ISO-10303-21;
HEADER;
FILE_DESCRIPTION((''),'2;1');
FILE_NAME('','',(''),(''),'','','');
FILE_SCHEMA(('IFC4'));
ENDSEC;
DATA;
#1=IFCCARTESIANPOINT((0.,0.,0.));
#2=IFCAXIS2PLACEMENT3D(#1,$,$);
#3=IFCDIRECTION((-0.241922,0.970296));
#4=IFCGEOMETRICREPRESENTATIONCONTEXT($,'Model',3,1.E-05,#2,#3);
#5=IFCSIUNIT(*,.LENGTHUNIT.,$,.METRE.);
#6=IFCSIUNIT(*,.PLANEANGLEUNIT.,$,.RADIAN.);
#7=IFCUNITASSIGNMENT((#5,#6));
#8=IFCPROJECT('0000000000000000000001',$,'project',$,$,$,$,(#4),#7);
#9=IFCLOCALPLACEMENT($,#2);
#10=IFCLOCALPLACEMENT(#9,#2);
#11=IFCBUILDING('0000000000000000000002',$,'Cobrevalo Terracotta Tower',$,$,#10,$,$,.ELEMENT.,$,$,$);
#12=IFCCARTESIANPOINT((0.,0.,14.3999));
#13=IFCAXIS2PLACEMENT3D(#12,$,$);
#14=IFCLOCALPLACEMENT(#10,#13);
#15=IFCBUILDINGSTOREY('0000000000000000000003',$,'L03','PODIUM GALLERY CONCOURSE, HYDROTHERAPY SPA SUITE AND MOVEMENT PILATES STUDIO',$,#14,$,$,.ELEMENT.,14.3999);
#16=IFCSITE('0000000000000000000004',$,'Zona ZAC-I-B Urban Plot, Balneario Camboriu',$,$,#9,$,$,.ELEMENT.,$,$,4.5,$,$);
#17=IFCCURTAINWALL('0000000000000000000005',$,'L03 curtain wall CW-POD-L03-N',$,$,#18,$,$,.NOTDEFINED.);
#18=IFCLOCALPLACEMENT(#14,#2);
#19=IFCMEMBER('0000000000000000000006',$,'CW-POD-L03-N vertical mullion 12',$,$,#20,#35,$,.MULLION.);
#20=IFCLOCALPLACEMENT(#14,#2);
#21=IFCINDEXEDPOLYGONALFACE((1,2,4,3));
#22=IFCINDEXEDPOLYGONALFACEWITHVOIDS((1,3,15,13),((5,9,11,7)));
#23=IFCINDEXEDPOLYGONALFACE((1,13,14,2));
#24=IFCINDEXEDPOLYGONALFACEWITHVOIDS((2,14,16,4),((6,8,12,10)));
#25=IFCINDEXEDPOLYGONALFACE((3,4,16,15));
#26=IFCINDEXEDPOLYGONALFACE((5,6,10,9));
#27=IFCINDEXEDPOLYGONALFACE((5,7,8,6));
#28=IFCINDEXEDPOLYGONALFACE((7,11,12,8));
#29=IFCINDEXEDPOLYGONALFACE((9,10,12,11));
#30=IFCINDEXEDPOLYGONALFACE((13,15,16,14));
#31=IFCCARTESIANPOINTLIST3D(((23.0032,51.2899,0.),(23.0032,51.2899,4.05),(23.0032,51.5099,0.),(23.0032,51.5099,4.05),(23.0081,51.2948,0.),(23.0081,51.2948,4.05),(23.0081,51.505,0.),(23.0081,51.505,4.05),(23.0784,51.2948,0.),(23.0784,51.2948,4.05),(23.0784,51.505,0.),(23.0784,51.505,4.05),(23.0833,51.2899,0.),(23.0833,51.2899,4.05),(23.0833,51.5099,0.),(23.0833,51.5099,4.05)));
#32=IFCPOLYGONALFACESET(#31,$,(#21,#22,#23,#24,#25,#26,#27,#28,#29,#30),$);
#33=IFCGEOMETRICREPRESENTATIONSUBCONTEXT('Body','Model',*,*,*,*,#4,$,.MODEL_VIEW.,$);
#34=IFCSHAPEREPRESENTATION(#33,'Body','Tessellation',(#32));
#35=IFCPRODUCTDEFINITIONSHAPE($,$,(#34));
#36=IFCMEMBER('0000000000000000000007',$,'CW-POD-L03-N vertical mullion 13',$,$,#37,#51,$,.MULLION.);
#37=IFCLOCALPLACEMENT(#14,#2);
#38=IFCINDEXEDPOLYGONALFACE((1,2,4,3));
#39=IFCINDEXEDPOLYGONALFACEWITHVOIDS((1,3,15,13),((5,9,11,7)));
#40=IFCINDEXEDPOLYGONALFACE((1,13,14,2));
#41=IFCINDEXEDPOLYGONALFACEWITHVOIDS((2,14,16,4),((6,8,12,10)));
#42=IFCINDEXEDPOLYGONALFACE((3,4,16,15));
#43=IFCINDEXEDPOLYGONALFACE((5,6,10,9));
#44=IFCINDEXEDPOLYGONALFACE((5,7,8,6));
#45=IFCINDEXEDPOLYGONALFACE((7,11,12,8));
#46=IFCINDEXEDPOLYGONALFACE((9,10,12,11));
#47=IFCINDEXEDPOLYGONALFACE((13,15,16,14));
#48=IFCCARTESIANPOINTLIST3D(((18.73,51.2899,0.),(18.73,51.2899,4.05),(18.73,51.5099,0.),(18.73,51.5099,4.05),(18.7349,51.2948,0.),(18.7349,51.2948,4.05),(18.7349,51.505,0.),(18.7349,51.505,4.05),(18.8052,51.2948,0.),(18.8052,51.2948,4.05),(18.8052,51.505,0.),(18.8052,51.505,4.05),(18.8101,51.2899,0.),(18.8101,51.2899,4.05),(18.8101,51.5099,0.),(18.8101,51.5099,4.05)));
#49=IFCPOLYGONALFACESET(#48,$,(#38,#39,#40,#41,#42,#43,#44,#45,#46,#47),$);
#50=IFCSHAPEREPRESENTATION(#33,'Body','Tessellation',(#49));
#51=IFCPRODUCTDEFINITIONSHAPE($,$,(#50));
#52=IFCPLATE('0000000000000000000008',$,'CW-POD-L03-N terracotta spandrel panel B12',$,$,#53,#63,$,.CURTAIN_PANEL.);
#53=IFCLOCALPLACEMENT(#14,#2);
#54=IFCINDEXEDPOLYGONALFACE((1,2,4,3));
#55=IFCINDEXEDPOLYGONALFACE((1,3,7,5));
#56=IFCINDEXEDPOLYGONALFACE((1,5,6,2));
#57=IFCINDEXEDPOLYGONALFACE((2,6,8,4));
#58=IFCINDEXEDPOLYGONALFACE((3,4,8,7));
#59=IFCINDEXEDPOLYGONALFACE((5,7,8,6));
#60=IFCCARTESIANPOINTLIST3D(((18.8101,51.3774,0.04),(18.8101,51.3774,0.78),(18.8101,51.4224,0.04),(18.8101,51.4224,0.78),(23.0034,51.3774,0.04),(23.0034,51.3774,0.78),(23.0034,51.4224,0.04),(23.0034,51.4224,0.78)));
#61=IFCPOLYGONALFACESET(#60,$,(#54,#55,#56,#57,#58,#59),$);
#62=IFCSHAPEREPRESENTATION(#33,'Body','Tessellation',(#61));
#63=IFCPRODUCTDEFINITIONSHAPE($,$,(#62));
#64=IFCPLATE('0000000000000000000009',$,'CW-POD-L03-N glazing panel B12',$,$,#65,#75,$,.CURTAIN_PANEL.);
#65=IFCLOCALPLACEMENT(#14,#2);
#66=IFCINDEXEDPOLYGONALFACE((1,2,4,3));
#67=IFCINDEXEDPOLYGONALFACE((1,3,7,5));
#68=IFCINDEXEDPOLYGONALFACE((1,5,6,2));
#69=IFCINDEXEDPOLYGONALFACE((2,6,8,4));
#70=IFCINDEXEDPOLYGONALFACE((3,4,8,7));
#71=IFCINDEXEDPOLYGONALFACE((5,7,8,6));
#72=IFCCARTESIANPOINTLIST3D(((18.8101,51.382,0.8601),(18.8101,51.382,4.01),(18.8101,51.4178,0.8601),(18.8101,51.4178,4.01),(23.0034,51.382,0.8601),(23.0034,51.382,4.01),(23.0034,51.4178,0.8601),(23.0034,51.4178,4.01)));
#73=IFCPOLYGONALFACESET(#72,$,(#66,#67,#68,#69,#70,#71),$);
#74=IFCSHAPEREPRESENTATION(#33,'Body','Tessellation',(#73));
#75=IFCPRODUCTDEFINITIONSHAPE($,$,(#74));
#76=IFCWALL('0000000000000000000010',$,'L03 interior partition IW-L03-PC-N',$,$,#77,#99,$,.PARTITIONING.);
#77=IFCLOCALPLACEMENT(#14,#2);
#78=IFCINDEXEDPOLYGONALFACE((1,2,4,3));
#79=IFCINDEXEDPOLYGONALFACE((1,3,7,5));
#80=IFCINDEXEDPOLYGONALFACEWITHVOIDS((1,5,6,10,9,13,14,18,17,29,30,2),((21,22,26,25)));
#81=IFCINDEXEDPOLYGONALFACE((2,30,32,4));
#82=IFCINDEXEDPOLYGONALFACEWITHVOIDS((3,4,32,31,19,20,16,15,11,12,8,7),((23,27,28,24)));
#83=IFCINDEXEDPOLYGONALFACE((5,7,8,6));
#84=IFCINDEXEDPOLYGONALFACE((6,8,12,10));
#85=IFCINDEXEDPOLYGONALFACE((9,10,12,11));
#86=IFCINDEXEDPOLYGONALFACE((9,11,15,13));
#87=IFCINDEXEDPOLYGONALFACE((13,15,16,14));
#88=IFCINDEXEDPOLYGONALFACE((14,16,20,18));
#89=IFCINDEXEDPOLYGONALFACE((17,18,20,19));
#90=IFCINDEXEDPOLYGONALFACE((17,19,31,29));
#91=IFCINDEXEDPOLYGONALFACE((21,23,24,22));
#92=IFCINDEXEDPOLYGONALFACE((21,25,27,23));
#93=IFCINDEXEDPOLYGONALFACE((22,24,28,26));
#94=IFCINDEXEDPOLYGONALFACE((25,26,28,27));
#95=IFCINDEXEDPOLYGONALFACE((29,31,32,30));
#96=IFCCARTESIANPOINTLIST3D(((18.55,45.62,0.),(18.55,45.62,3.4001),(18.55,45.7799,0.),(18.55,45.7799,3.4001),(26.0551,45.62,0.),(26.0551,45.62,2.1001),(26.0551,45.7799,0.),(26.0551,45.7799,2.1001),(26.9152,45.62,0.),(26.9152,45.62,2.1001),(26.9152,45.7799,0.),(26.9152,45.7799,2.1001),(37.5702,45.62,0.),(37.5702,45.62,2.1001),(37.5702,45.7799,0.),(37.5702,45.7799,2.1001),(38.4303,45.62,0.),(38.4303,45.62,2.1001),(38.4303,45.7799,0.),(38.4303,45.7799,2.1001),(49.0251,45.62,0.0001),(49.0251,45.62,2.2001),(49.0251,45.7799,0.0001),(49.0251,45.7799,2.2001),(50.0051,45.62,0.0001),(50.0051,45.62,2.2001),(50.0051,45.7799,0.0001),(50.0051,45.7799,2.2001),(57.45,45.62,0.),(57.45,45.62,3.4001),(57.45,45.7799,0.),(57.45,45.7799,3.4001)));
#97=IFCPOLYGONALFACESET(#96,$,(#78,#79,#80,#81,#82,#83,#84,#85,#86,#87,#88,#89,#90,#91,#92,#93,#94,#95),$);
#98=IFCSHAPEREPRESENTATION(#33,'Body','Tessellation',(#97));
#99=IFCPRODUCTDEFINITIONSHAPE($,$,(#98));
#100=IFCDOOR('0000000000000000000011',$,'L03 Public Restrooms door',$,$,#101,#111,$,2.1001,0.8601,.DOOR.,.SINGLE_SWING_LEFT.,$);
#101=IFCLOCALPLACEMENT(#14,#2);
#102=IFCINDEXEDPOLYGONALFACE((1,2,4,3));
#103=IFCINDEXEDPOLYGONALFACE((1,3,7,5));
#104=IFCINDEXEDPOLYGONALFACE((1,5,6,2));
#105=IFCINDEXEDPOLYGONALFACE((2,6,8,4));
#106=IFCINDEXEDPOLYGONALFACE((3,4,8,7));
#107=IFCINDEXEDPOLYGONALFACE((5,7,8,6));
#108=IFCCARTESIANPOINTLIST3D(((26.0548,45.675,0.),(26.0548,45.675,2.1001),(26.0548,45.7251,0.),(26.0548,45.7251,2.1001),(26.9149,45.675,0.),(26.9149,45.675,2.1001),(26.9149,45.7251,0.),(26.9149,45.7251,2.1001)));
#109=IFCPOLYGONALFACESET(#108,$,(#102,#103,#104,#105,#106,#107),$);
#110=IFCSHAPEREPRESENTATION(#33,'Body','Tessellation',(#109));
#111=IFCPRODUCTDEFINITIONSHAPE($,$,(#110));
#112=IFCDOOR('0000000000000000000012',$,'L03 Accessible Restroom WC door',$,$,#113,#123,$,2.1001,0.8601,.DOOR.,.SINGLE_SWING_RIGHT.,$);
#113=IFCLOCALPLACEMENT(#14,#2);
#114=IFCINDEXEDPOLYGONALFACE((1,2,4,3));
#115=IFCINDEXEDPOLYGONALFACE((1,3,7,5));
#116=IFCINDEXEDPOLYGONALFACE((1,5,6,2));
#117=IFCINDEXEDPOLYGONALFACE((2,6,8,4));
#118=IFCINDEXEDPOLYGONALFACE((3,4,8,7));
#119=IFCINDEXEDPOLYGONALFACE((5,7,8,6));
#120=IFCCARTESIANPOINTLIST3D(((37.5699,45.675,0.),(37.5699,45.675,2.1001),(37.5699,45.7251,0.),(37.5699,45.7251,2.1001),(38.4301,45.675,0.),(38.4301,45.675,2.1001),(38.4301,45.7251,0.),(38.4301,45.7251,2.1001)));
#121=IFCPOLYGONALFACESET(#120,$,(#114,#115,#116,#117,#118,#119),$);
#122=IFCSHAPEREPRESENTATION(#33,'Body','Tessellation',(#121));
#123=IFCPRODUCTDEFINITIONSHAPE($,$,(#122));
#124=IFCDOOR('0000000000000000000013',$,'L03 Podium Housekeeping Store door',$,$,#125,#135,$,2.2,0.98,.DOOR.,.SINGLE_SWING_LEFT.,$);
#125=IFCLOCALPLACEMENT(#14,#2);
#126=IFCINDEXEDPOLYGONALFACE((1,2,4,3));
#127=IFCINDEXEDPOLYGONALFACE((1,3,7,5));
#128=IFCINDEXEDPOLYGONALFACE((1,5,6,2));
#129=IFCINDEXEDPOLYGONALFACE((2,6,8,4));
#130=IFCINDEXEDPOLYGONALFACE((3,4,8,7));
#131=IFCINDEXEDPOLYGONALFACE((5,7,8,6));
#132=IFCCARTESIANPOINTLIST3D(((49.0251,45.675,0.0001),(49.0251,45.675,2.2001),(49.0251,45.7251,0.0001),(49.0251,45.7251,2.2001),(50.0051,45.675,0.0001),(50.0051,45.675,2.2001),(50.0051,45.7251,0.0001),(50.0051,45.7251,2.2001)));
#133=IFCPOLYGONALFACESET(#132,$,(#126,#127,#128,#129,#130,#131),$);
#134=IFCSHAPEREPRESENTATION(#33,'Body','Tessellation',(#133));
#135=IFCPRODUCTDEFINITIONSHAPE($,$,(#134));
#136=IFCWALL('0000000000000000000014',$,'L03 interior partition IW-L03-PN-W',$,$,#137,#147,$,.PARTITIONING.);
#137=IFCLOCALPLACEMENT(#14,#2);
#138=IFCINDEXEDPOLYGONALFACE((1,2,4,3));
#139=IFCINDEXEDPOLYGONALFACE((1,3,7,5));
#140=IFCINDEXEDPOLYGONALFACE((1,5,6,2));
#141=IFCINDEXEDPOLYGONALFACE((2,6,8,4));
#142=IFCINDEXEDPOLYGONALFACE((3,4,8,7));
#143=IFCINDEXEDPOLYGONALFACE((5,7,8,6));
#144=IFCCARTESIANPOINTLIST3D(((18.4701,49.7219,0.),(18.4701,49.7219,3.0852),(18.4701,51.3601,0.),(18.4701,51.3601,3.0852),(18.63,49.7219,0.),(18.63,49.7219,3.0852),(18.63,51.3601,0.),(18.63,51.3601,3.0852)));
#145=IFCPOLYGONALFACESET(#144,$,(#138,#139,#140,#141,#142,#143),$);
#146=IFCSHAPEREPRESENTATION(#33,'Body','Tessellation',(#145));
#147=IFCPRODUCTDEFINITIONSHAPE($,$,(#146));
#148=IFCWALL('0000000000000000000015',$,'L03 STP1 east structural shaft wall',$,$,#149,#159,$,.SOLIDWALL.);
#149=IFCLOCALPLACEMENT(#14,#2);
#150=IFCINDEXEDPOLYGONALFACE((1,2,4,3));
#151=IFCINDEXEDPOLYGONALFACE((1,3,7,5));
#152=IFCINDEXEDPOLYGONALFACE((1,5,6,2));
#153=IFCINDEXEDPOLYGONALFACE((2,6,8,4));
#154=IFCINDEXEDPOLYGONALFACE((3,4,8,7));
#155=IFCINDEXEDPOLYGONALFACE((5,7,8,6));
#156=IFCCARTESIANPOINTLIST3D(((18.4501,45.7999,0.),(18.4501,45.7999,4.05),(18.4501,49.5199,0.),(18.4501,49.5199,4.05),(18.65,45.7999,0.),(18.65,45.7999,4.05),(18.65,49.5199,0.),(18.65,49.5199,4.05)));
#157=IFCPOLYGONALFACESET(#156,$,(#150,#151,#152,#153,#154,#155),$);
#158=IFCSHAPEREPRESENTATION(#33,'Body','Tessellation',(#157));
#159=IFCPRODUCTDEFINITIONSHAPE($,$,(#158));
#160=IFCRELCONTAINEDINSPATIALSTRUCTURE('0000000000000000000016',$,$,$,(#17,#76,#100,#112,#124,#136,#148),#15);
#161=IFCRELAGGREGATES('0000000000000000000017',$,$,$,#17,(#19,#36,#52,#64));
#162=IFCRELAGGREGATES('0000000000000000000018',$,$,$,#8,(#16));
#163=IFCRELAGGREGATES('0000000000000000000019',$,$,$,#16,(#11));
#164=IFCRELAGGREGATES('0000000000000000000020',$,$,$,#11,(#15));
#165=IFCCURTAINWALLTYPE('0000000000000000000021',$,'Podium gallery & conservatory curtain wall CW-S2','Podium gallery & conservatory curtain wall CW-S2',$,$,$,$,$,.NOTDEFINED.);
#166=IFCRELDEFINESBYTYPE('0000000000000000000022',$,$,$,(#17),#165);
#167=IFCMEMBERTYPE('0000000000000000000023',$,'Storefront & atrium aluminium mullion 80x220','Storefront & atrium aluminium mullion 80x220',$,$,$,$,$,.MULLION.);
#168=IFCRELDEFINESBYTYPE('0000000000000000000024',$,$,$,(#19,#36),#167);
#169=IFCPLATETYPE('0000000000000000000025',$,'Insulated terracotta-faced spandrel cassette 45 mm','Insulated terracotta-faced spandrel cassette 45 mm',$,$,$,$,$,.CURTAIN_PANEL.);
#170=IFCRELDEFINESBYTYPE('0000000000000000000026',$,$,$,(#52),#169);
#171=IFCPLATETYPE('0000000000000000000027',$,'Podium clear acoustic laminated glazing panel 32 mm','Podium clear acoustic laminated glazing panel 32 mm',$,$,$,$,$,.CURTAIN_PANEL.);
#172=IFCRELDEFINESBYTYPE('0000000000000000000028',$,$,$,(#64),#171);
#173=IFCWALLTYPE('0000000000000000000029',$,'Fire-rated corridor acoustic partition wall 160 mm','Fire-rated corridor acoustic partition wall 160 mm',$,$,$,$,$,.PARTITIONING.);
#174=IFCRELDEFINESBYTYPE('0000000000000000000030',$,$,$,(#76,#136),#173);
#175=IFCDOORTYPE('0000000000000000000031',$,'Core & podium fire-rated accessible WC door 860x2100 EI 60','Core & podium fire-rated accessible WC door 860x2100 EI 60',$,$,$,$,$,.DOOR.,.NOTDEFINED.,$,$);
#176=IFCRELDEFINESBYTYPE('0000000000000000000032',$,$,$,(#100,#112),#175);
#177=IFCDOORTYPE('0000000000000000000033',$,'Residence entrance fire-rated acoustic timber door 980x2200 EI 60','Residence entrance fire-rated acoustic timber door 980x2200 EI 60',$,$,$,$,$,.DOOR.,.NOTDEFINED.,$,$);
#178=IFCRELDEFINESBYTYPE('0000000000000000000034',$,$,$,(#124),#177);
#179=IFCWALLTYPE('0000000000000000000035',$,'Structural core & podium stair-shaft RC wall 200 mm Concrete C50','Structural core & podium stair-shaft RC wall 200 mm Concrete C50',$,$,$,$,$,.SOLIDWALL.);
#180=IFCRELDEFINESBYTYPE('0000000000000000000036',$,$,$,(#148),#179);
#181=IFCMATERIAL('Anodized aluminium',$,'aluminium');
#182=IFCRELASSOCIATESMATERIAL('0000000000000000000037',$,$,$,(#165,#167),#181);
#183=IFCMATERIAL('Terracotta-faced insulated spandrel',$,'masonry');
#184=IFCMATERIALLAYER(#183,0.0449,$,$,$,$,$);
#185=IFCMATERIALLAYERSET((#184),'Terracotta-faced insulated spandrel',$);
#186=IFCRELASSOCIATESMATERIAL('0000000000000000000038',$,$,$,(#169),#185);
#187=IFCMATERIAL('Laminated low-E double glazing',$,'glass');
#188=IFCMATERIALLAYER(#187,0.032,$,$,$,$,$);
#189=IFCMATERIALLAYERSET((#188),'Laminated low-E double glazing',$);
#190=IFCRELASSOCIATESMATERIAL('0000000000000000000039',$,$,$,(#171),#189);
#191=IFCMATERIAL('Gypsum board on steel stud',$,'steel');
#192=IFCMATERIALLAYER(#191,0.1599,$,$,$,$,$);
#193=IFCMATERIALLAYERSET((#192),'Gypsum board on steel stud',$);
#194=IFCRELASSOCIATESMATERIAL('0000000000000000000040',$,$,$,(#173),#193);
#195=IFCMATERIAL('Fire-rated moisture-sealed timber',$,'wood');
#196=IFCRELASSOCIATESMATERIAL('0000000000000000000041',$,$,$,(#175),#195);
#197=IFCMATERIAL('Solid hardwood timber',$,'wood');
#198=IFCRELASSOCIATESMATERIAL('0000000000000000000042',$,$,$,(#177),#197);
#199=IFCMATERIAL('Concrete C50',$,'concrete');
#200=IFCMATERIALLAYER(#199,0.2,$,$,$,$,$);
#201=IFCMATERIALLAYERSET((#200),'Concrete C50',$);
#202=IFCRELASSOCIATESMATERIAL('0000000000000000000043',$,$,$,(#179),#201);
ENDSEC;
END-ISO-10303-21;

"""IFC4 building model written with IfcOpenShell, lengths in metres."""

from ifc_helpers import new_model, si_unit, direction, frame, frame_2d, origin, origin_2d, place, context, subcontext, project, spatial, rectangle, hollow_rectangle, extrude, source, transform, mapped, material, layer, layer_set, material_profile, profile_set, type_object, element, fill, aggregate, save


model = new_model("IFC4")

# Units and contexts
model_context = context("Model", 3, precision=1e-05, world=origin(), true_north=direction((-0.241922, 0.970296)))
body_context = subcontext(model_context, "Body", "Model", "MODEL_VIEW")
ifc_project = project(units=[si_unit("LENGTHUNIT", "METRE"), si_unit("PLANEANGLEUNIT", "RADIAN")], contexts=[model_context])

# Site, building, storey
site_placement = place(None, origin())
site = spatial("IfcSite", under=ifc_project, at=site_placement, Name="Zona ZAC-I-B Urban Plot, Balneario Camboriu", CompositionType="ELEMENT", RefElevation=4.5)
building_placement = place(site_placement, origin())
building = spatial("IfcBuilding", under=site, at=building_placement, Name="Cobrevalo Terracotta Tower", CompositionType="ELEMENT")
storey_placement = place(building_placement, frame((0.0, 0.0, 14.3999)))
storey = spatial("IfcBuildingStorey", under=building, at=storey_placement, Name="L03", Description="PODIUM GALLERY CONCOURSE, HYDROTHERAPY SPA SUITE AND MOVEMENT PILATES STUDIO", CompositionType="ELEMENT", Elevation=14.3999)

# Shared definitions
ifc_material_1 = material(Name="Concrete C50", Category="concrete")

# Curtain wall, members, plates
ifc_material_2 = material(Name="Anodized aluminium", Category="aluminium")
curtain_wall_type = type_object("IfcCurtainWallType", Name="Podium gallery & conservatory curtain wall CW-S2", Description="Podium gallery & conservatory curtain wall CW-S2", PredefinedType="NOTDEFINED", material=ifc_material_2)
curtain_wall_placement = place(storey_placement, origin())
curtain_wall = element("IfcCurtainWall", 1, at=curtain_wall_placement, inside=storey, type_object=curtain_wall_type, Name="L03 curtain wall CW-POD-L03-N", PredefinedType="NOTDEFINED")
ifc_material_profile_1 = material_profile(ifc_material_2, hollow_rectangle(XDim=0.0801, YDim=0.22, WallThickness=0.0049, at=origin_2d()), Name="CWM 80x220")
ifc_profile_set_1 = profile_set([ifc_material_profile_1], Name="Anodized aluminium")
member_type_1 = type_object("IfcMemberType", Name="Storefront & atrium aluminium mullion 80x220", Description="Storefront & atrium aluminium mullion 80x220", PredefinedType="MULLION", material=ifc_profile_set_1)
shared_shape_1 = source(origin(), body_context, "Body", "SweptSolid", [
    extrude(hollow_rectangle(XDim=0.0801, YDim=0.22, WallThickness=0.0049, at=origin_2d()), origin(), (0.0, 0.0, 1.0), 4.05),
])
member_1_placement = place(storey_placement, frame((23.0432, 51.3999, 0.0), z_axis=(0.0, 0.0, 1.0), x_axis=(-1.0, 0.0, 0.0)))
member_1 = element("IfcMember", 2, at=member_1_placement, type_object=member_type_1, Name="CW-POD-L03-N vertical mullion 12", PredefinedType="MULLION", context=body_context, shape_type="MappedRepresentation", body=[
    mapped(shared_shape_1, transform((0.0, 0.0, 0.0), scale=1.0)),
])
member_2_placement = place(storey_placement, frame((18.77, 51.3999, 0.0), z_axis=(0.0, 0.0, 1.0), x_axis=(-1.0, 0.0, 0.0)))
member_2 = element("IfcMember", 3, at=member_2_placement, type_object=member_type_1, Name="CW-POD-L03-N vertical mullion 13", PredefinedType="MULLION", context=body_context, shape_type="MappedRepresentation", body=[
    mapped(shared_shape_1, transform((0.0, 0.0, 0.0), scale=1.0)),
])
ifc_material_3 = material(Name="Terracotta-faced insulated spandrel", Category="masonry")
ifc_layer_1 = layer(ifc_material_3, 0.0449)
ifc_layer_set_1 = layer_set([ifc_layer_1], Name="Terracotta-faced insulated spandrel")
plate_type_1 = type_object("IfcPlateType", Name="Insulated terracotta-faced spandrel cassette 45 mm", Description="Insulated terracotta-faced spandrel cassette 45 mm", PredefinedType="CURTAIN_PANEL", material=ifc_layer_set_1)
shared_shape_2 = source(origin(), body_context, "Body", "SweptSolid", [
    extrude(rectangle(XDim=4.1934, YDim=0.0449, at=origin_2d()), origin(), (0.0, 0.0, 1.0), 0.74),
])
plate_1_placement = place(storey_placement, frame((20.9067, 51.3999, 0.04), z_axis=(0.0, 0.0, 1.0), x_axis=(-1.0, 0.0, 0.0)))
plate_1 = element("IfcPlate", 4, at=plate_1_placement, type_object=plate_type_1, Name="CW-POD-L03-N terracotta spandrel panel B12", PredefinedType="CURTAIN_PANEL", context=body_context, shape_type="MappedRepresentation", body=[
    mapped(shared_shape_2, transform((0.0, 0.0, 0.0), scale=1.0)),
])
ifc_material_4 = material(Name="Laminated low-E double glazing", Category="glass")
ifc_layer_2 = layer(ifc_material_4, 0.032)
ifc_layer_set_2 = layer_set([ifc_layer_2], Name="Laminated low-E double glazing")
plate_type_2 = type_object("IfcPlateType", Name="Podium clear acoustic laminated glazing panel 32 mm", Description="Podium clear acoustic laminated glazing panel 32 mm", PredefinedType="CURTAIN_PANEL", material=ifc_layer_set_2)
shared_shape_3 = source(origin(), body_context, "Body", "SweptSolid", [
    extrude(rectangle(XDim=4.1934, YDim=0.0359, at=origin_2d()), origin(), (0.0, 0.0, 1.0), 3.1499),
])
plate_2_placement = place(storey_placement, frame((20.9067, 51.3999, 0.8601), z_axis=(0.0, 0.0, 1.0), x_axis=(-1.0, 0.0, 0.0)))
plate_2 = element("IfcPlate", 5, at=plate_2_placement, type_object=plate_type_2, Name="CW-POD-L03-N glazing panel B12", PredefinedType="CURTAIN_PANEL", context=body_context, shape_type="MappedRepresentation", body=[
    mapped(shared_shape_3, transform((0.0, 0.0, 0.0), scale=1.0)),
])
aggregate(curtain_wall, [member_1, member_2, plate_1, plate_2])

# Wall, openings, doors
ifc_material_5 = material(Name="Gypsum board on steel stud", Category="steel")
ifc_layer_3 = layer(ifc_material_5, 0.1599)
ifc_layer_set_3 = layer_set([ifc_layer_3], Name="Gypsum board on steel stud")
wall_type_1 = type_object("IfcWallType", Name="Fire-rated corridor acoustic partition wall 160 mm", Description="Fire-rated corridor acoustic partition wall 160 mm", PredefinedType="PARTITIONING", material=ifc_layer_set_3)
wall_1_placement = place(storey_placement, frame((18.55, 45.7, 0.0), z_axis=(0.0, 0.0, 1.0), x_axis=(1.0, 0.0, 0.0)))
wall_1 = element("IfcWall", 6, at=wall_1_placement, inside=storey, type_object=wall_type_1, Name="L03 interior partition IW-L03-PC-N", PredefinedType="PARTITIONING", context=body_context, shape_type="SweptSolid", body=[
    extrude(rectangle(XDim=38.8999, YDim=0.1599, at=frame_2d((19.45, 0.0))), origin(), (0.0, 0.0, 1.0), 3.4001),
])
opening_1_placement = place(wall_1_placement, frame((7.5049, 0.0, 0.0)))
opening_1 = element("IfcOpeningElement", 7, at=opening_1_placement, cuts=wall_1, PredefinedType="OPENING", context=body_context, shape_type="SweptSolid", body=[
    extrude(rectangle(XDim=0.8601, YDim=2.1001, at=frame_2d((0.4302, 1.05))), frame((0.0, 0.0898, 0.0), z_axis=(0.0, -1.0, 0.0), x_axis=(1.0, 0.0, 0.0)), (0.0, 0.0, 1.0), 0.1799),
])
opening_2_placement = place(wall_1_placement, frame((19.02, 0.0, 0.0)))
opening_2 = element("IfcOpeningElement", 8, at=opening_2_placement, cuts=wall_1, PredefinedType="OPENING", context=body_context, shape_type="SweptSolid", body=[
    extrude(rectangle(XDim=0.8601, YDim=2.1001, at=frame_2d((0.4302, 1.05))), frame((0.0, 0.0898, 0.0), z_axis=(0.0, -1.0, 0.0), x_axis=(1.0, 0.0, 0.0)), (0.0, 0.0, 1.0), 0.1799),
])
opening_3_placement = place(wall_1_placement, frame((30.4751, 0.0, 0.0)))
opening_3 = element("IfcOpeningElement", 9, at=opening_3_placement, cuts=wall_1, PredefinedType="OPENING", context=body_context, shape_type="SweptSolid", body=[
    extrude(rectangle(XDim=0.98, YDim=2.2, at=frame_2d((0.49, 1.1001))), frame((0.0, 0.0898, 0.0), z_axis=(0.0, -1.0, 0.0), x_axis=(1.0, 0.0, 0.0)), (0.0, 0.0, 1.0), 0.1799),
])
ifc_material_6 = material(Name="Fire-rated moisture-sealed timber", Category="wood")
door_type_1 = type_object("IfcDoorType", Name="Core & podium fire-rated accessible WC door 860x2100 EI 60", Description="Core & podium fire-rated accessible WC door 860x2100 EI 60", OperationType="NOTDEFINED", PredefinedType="DOOR", material=ifc_material_6)
shared_shape_4 = source(origin(), body_context, "Body", "SweptSolid", [
    extrude(rectangle(XDim=0.8601, YDim=2.1001, at=frame_2d((0.4302, 1.05))), frame((0.0, 0.0249, 0.0), z_axis=(0.0, -1.0, 0.0), x_axis=(1.0, 0.0, 0.0)), (0.0, 0.0, 1.0), 0.05),
])
door_1_placement = place(opening_1_placement, frame((0.8601, 0.0, 0.0), z_axis=(0.0, 0.0, 1.0), x_axis=(-1.0, 0.0, 0.0)))
door_1 = element("IfcDoor", 10, at=door_1_placement, inside=storey, type_object=door_type_1, Name="L03 Public Restrooms door", OperationType="SINGLE_SWING_LEFT", OverallHeight=2.1001, OverallWidth=0.8601, PredefinedType="DOOR", context=body_context, shape_type="MappedRepresentation", body=[
    mapped(shared_shape_4, transform((0.0, 0.0, 0.0), scale=1.0)),
])
fill(opening_1, door_1)
door_2_placement = place(opening_2_placement, frame((0.8601, 0.0, 0.0), z_axis=(0.0, 0.0, 1.0), x_axis=(-1.0, 0.0, 0.0)))
door_2 = element("IfcDoor", 11, at=door_2_placement, inside=storey, type_object=door_type_1, Name="L03 Accessible Restroom WC door", OperationType="SINGLE_SWING_RIGHT", OverallHeight=2.1001, OverallWidth=0.8601, PredefinedType="DOOR", context=body_context, shape_type="MappedRepresentation", body=[
    mapped(shared_shape_4, transform((0.0, 0.0, 0.0), scale=1.0)),
])
fill(opening_2, door_2)
ifc_material_7 = material(Name="Solid hardwood timber", Category="wood")
door_type_2 = type_object("IfcDoorType", Name="Residence entrance fire-rated acoustic timber door 980x2200 EI 60", Description="Residence entrance fire-rated acoustic timber door 980x2200 EI 60", OperationType="NOTDEFINED", PredefinedType="DOOR", material=ifc_material_7)
shared_shape_5 = source(origin(), body_context, "Body", "SweptSolid", [
    extrude(rectangle(XDim=0.98, YDim=2.2, at=frame_2d((0.49, 1.1001))), frame((0.0, 0.0249, 0.0), z_axis=(0.0, -1.0, 0.0), x_axis=(1.0, 0.0, 0.0)), (0.0, 0.0, 1.0), 0.05),
])
door_3_placement = place(opening_3_placement, frame((0.98, 0.0, 0.0), z_axis=(0.0, 0.0, 1.0), x_axis=(-1.0, 0.0, 0.0)))
door_3 = element("IfcDoor", 12, at=door_3_placement, inside=storey, type_object=door_type_2, Name="L03 Podium Housekeeping Store door", OperationType="SINGLE_SWING_LEFT", OverallHeight=2.2, OverallWidth=0.98, PredefinedType="DOOR", context=body_context, shape_type="MappedRepresentation", body=[
    mapped(shared_shape_5, transform((0.0, 0.0, 0.0), scale=1.0)),
])
fill(opening_3, door_3)

# Walls
wall_2_placement = place(storey_placement, frame((18.55, 49.7219, 0.0), z_axis=(0.0, 0.0, 1.0), x_axis=(0.0, 1.0, 0.0)))
element("IfcWall", 13, at=wall_2_placement, inside=storey, type_object=wall_type_1, Name="L03 interior partition IW-L03-PN-W", PredefinedType="PARTITIONING", context=body_context, shape_type="SweptSolid", body=[
    extrude(rectangle(XDim=1.6382, YDim=0.1599, at=frame_2d((0.8191, 0.0))), origin(), (0.0, 0.0, 1.0), 3.0852),
])
ifc_layer_4 = layer(ifc_material_1, 0.2)
ifc_layer_set_4 = layer_set([ifc_layer_4], Name="Concrete C50")
wall_type_2 = type_object("IfcWallType", Name="Structural core & podium stair-shaft RC wall 200 mm Concrete C50", Description="Structural core & podium stair-shaft RC wall 200 mm Concrete C50", PredefinedType="SOLIDWALL", material=ifc_layer_set_4)
wall_3_placement = place(storey_placement, frame((18.55, 45.8, 0.0), z_axis=(0.0, 0.0, 1.0), x_axis=(0.0, 1.0, 0.0)))
element("IfcWall", 14, at=wall_3_placement, inside=storey, type_object=wall_type_2, Name="L03 STP1 east structural shaft wall", PredefinedType="SOLIDWALL", context=body_context, shape_type="SweptSolid", body=[
    extrude(rectangle(XDim=3.72, YDim=0.2, at=frame_2d((1.8599, 0.0))), origin(), (0.0, 0.0, 1.0), 4.05),
])

save(model, "model.ifc")
